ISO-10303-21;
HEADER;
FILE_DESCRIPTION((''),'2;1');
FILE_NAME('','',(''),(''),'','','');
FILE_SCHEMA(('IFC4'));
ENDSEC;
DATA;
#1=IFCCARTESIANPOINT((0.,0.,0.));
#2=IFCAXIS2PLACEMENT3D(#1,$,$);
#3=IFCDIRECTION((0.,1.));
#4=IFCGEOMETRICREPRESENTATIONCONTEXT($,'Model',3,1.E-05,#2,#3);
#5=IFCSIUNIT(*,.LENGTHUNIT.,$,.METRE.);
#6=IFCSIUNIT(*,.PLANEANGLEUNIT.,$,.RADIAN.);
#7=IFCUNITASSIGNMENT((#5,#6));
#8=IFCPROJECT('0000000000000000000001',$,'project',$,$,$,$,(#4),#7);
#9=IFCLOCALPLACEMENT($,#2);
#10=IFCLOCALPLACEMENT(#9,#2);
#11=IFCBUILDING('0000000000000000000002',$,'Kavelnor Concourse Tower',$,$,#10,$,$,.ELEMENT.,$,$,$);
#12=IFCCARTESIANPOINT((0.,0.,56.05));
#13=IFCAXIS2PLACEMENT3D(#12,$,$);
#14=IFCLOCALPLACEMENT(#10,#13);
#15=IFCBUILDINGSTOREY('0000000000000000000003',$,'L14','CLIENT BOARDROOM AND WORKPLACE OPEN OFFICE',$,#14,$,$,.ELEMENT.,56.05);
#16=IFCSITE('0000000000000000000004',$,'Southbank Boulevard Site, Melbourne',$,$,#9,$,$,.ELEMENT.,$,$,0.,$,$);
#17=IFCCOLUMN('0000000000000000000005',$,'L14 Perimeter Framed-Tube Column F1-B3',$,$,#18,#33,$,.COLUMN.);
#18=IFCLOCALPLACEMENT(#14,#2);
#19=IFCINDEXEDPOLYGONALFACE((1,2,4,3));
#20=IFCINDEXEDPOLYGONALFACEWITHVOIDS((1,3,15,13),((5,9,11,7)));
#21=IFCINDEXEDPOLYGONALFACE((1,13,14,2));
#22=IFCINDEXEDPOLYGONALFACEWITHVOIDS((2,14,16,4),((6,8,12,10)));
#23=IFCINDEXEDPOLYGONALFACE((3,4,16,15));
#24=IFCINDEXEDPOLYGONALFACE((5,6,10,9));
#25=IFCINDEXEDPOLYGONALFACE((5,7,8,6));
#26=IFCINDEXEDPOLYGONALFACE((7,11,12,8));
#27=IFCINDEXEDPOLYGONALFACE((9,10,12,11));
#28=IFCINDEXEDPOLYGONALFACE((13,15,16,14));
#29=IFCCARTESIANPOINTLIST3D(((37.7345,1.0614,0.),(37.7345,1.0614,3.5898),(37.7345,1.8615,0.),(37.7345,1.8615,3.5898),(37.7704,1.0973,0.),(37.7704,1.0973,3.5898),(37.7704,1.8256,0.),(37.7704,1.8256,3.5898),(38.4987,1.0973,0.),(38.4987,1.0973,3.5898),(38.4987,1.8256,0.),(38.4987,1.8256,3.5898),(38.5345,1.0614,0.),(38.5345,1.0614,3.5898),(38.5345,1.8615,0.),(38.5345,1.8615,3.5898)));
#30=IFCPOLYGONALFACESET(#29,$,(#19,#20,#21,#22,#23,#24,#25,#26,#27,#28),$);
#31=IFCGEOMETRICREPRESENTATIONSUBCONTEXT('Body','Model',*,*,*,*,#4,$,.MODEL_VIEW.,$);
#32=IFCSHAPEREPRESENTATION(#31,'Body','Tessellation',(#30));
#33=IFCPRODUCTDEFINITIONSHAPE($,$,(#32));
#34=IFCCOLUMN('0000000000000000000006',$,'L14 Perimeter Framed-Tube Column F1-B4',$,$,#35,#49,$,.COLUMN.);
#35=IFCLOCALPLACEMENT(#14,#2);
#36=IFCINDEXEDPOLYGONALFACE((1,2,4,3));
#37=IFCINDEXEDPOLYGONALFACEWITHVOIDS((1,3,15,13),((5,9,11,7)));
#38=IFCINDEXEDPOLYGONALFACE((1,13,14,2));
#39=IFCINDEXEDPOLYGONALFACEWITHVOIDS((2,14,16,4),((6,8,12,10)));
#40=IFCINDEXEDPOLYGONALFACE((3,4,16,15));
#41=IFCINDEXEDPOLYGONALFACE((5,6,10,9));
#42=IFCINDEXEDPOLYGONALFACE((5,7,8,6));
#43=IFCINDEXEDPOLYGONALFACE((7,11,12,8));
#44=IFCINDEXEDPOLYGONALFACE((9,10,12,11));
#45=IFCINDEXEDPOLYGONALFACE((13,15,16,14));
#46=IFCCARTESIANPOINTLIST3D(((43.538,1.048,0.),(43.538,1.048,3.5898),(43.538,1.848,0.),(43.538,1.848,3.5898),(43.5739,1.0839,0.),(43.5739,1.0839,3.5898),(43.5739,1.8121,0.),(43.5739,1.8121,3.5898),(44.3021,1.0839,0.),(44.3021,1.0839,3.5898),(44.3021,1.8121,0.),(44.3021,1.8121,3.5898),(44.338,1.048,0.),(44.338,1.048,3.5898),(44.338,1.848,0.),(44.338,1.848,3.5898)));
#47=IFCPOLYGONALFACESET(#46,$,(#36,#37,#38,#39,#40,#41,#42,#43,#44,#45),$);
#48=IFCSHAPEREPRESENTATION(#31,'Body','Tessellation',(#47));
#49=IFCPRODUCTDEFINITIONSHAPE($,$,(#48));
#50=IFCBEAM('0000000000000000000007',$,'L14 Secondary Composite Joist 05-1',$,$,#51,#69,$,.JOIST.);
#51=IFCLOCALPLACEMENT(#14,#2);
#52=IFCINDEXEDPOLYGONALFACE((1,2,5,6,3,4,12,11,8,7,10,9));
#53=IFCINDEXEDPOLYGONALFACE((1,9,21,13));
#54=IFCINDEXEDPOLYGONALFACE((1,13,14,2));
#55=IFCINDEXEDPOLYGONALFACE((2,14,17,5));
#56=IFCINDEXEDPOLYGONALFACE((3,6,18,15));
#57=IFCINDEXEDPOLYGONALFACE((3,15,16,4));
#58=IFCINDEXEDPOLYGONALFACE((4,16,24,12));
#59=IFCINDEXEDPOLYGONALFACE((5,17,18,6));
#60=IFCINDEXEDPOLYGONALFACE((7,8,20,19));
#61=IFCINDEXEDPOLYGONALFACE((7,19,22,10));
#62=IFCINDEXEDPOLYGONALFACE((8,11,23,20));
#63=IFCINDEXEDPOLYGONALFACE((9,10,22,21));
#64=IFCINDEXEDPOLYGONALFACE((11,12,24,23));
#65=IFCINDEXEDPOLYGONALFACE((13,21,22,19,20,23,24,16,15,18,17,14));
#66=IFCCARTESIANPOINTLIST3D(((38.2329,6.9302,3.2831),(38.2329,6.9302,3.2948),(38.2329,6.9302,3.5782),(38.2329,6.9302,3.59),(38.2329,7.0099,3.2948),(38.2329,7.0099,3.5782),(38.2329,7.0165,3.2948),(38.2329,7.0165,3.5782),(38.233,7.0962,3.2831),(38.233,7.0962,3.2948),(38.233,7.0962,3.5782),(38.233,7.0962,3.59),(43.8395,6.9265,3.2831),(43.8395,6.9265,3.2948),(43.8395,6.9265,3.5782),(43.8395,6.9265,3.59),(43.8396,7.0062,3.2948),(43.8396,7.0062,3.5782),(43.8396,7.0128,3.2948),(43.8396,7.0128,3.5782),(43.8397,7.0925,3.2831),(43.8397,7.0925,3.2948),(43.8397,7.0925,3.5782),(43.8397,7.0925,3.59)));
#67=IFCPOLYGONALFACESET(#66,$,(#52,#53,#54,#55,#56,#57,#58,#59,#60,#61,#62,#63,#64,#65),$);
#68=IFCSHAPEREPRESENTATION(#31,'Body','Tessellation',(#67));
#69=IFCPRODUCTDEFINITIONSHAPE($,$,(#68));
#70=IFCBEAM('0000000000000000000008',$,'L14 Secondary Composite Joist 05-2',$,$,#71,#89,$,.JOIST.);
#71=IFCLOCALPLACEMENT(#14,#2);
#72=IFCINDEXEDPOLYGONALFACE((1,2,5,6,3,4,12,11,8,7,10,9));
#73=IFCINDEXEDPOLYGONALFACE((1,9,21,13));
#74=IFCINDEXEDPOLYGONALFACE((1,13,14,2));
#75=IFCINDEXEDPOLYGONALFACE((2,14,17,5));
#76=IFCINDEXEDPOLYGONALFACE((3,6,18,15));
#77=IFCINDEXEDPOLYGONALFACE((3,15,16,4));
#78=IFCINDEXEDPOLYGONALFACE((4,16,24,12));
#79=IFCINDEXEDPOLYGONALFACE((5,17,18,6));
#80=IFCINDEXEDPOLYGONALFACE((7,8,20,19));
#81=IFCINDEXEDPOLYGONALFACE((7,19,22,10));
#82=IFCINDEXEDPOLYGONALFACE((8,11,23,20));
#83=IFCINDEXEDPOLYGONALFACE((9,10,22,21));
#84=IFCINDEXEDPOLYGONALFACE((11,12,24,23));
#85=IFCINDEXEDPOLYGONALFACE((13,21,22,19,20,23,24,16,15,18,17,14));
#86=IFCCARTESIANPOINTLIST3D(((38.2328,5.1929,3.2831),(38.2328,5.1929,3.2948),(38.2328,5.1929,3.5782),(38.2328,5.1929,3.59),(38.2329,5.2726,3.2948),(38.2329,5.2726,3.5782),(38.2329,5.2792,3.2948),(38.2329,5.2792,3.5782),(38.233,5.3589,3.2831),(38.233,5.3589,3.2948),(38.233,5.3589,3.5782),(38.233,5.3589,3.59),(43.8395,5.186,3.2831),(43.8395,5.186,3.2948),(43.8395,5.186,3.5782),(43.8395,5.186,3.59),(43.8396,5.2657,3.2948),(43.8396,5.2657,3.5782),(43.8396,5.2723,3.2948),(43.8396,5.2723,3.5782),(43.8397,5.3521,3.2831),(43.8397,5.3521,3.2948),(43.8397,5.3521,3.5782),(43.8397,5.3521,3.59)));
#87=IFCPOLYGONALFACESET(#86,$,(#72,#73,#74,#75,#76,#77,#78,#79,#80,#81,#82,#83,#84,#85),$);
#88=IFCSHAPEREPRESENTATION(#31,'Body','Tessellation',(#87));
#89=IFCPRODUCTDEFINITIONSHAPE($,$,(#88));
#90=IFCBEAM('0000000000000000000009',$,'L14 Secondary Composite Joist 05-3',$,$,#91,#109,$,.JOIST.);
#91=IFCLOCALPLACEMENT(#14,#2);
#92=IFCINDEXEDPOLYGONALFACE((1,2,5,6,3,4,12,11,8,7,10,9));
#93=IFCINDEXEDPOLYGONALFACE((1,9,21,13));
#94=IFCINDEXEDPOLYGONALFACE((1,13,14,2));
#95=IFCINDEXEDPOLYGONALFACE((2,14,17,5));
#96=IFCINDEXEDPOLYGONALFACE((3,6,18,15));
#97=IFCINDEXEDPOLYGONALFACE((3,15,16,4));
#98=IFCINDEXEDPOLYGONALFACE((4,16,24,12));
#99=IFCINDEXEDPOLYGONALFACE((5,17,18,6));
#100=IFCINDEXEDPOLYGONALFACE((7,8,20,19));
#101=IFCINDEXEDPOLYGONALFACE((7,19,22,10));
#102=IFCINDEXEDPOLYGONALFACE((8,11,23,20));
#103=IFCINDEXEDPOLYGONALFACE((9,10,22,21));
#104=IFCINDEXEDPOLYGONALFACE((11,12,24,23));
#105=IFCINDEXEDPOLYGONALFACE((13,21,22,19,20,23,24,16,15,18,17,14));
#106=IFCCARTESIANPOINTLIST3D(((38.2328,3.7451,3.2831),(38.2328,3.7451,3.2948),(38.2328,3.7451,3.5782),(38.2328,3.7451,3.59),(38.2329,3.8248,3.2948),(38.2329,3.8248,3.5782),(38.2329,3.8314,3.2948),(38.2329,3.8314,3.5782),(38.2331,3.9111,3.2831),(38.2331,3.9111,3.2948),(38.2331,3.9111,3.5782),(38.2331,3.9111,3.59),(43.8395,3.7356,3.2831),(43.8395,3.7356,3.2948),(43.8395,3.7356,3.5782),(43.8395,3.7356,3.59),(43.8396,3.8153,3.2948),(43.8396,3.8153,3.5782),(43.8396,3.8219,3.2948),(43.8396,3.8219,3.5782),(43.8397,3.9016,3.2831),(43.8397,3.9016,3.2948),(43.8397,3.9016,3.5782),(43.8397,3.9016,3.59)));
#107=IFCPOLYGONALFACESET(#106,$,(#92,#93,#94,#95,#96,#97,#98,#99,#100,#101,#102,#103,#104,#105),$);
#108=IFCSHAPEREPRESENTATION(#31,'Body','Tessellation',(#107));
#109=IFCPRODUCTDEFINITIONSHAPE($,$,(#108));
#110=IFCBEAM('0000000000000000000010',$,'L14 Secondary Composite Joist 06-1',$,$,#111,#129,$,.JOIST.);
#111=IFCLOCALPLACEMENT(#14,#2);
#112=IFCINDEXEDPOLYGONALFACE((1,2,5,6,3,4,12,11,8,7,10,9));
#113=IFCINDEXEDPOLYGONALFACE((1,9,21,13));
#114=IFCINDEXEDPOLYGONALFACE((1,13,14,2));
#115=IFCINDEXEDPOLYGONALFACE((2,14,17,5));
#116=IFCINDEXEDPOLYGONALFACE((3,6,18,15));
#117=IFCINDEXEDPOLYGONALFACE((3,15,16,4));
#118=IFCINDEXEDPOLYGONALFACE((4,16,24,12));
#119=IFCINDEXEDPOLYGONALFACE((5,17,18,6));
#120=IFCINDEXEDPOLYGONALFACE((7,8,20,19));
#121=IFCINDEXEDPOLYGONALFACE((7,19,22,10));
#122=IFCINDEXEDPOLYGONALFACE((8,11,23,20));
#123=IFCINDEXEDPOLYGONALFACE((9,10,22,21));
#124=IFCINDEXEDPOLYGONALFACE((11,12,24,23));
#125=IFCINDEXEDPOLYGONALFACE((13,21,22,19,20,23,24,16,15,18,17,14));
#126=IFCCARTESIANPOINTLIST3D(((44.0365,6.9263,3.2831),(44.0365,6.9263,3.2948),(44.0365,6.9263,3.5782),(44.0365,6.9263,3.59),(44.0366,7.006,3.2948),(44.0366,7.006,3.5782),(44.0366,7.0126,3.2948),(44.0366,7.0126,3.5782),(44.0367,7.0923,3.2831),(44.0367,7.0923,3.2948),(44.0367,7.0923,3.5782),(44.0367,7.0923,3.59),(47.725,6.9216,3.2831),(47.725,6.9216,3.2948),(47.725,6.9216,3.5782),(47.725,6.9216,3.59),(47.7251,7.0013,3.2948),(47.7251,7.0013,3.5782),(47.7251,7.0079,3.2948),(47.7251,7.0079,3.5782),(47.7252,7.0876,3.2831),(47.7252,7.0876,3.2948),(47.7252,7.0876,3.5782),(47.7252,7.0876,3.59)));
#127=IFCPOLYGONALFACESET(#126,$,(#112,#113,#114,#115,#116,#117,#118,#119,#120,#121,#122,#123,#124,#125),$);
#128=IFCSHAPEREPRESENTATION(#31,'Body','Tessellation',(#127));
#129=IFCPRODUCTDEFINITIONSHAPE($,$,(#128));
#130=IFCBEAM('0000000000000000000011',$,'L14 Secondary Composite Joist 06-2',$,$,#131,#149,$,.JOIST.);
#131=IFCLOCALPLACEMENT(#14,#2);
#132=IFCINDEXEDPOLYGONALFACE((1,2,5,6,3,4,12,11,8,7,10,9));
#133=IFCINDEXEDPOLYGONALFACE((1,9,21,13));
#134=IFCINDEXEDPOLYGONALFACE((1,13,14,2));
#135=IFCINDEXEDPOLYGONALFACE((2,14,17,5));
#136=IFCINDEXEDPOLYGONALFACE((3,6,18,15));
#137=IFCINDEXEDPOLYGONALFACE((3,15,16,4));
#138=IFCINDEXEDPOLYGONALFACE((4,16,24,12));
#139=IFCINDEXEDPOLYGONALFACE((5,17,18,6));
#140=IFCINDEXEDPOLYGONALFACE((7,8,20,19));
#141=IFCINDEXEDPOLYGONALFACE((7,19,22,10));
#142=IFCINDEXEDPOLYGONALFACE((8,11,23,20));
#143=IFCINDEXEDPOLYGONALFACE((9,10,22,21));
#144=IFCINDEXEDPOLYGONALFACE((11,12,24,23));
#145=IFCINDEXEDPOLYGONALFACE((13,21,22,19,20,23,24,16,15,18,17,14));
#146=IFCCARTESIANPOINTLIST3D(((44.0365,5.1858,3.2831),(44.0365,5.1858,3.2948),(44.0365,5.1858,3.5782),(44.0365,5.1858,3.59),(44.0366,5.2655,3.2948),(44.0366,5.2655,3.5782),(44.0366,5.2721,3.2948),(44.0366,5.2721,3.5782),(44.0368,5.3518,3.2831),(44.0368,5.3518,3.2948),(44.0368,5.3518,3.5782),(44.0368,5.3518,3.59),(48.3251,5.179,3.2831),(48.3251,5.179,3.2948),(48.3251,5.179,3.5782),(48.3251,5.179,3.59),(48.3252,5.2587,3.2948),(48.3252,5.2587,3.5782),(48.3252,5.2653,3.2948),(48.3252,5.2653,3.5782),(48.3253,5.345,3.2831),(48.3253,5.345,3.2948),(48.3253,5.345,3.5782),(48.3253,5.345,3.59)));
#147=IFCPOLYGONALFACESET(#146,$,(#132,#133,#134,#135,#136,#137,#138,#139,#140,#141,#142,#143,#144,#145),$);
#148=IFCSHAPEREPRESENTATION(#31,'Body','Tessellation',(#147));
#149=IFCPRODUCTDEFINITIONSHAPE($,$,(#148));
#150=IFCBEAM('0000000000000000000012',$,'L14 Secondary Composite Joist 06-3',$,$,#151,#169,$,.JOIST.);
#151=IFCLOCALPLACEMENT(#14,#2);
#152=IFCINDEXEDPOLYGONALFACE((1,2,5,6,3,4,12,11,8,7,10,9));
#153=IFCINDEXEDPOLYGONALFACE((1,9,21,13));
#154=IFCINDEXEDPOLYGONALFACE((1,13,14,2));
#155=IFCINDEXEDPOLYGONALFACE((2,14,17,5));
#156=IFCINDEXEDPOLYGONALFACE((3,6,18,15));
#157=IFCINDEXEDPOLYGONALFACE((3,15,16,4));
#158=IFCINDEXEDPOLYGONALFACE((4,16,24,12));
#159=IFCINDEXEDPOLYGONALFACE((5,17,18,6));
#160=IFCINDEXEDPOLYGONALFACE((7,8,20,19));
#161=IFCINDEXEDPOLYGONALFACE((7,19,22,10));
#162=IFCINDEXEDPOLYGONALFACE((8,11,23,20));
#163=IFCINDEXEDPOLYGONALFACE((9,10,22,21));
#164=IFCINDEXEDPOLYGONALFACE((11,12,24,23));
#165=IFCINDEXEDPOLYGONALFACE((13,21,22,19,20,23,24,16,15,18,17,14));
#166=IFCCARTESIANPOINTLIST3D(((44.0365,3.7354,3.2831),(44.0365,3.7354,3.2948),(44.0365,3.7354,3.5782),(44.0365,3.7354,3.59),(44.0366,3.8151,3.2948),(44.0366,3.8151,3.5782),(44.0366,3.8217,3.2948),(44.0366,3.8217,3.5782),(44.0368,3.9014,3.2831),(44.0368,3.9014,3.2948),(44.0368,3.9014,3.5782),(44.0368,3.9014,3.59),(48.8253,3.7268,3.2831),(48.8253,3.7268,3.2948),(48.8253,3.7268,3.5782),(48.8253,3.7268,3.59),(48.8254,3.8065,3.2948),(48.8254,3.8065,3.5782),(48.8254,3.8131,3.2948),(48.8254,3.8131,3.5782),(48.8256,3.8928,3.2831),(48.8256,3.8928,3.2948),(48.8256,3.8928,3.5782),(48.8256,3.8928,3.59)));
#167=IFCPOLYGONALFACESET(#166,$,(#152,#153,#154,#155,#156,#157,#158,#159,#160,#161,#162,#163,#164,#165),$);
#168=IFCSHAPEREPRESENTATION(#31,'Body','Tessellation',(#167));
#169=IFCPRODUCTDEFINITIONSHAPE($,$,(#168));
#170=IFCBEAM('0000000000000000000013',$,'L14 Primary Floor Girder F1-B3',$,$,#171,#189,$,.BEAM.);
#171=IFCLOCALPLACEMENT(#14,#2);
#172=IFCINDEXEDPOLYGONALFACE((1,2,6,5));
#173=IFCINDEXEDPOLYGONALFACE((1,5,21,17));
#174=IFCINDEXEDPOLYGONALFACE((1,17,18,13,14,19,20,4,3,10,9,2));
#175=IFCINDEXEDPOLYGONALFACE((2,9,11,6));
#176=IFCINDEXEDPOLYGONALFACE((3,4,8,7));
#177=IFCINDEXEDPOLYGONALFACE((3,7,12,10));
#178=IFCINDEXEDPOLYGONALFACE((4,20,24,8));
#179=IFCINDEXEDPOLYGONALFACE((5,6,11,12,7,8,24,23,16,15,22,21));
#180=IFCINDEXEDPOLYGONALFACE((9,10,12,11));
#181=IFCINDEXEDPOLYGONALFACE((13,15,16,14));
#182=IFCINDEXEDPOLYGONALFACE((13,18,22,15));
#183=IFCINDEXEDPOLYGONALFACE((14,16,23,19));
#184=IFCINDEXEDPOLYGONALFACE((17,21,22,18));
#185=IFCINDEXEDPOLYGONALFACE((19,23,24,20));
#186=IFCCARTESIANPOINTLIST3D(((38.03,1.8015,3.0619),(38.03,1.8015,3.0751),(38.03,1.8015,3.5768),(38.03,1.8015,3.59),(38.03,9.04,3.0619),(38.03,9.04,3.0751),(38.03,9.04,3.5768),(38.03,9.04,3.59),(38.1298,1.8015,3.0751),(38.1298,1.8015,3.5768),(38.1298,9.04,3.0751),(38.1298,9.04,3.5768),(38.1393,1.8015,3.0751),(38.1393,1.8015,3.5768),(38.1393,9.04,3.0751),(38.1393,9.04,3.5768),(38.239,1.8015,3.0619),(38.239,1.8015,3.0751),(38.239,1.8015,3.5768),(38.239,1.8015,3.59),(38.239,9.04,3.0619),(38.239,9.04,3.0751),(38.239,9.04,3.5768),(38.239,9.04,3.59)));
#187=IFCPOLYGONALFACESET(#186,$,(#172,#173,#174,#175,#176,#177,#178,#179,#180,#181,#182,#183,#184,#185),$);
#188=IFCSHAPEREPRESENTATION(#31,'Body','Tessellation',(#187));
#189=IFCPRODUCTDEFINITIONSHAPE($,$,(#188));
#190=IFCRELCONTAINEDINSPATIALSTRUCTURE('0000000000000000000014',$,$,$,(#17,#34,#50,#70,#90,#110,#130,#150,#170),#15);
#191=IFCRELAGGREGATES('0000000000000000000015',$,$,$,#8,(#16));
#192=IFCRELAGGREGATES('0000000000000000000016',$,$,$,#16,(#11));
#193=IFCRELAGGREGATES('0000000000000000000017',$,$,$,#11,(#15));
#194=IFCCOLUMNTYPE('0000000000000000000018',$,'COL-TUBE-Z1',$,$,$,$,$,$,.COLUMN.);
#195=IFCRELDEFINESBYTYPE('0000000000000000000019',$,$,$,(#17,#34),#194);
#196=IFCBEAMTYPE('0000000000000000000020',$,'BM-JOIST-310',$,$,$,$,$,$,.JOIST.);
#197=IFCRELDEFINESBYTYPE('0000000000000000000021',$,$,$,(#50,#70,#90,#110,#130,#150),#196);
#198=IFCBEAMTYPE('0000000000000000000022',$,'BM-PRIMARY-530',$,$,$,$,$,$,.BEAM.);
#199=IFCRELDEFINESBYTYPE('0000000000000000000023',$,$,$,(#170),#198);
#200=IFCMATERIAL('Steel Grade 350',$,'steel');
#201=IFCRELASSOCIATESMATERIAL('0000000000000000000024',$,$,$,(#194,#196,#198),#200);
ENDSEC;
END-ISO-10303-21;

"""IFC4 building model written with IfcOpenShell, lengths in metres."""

from ifc_helpers import new_model, si_unit, direction, frame, origin, origin_2d, place, context, subcontext, project, spatial, hollow_rectangle, i_section, extrude, material, material_profile, profile_set, type_object, element, save


model = new_model("IFC4")

# Units and contexts
model_context = context("Model", 3, precision=1e-05, world=origin(), true_north=direction((0.0, 1.0)))
body_context = subcontext(model_context, "Body", "Model", "MODEL_VIEW")
ifc_project = project(units=[si_unit("LENGTHUNIT", "METRE"), si_unit("PLANEANGLEUNIT", "RADIAN")], contexts=[model_context])

# Site, building, storey
site_placement = place(None, origin())
site = spatial("IfcSite", under=ifc_project, at=site_placement, Name="Southbank Boulevard Site, Melbourne", CompositionType="ELEMENT", RefElevation=0.0)
building_placement = place(site_placement, origin())
building = spatial("IfcBuilding", under=site, at=building_placement, Name="Kavelnor Concourse Tower", CompositionType="ELEMENT")
storey_placement = place(building_placement, frame((0.0, 0.0, 56.05)))
storey = spatial("IfcBuildingStorey", under=building, at=storey_placement, Name="L14", Description="CLIENT BOARDROOM AND WORKPLACE OPEN OFFICE", CompositionType="ELEMENT", Elevation=56.05)

# Columns
ifc_material_1 = material(Name="Steel Grade 350", Category="steel")
ifc_material_profile_1 = material_profile(ifc_material_1, hollow_rectangle(XDim=0.8, YDim=0.8, WallThickness=0.0359, at=origin_2d()), Name="SHS 800x800x36")
ifc_profile_set_1 = profile_set([ifc_material_profile_1], Name="Steel Grade 350")
column_type = type_object("IfcColumnType", Name="COL-TUBE-Z1", PredefinedType="COLUMN", material=ifc_profile_set_1)
for number, where, z_axis, x_axis, name in (
    (1, (38.1345, 1.4614, 0.0), (0.0, 0.0, 1.0), (1.0, 0.0, 0.0), "L14 Perimeter Framed-Tube Column F1-B3"),
    (2, (43.938, 1.448, 0.0), (0.0, 0.0, 1.0), (1.0, 0.0, 0.0), "L14 Perimeter Framed-Tube Column F1-B4"),
):
    element("IfcColumn", number, at=place(storey_placement, frame(where, z_axis=z_axis, x_axis=x_axis)), inside=storey, type_object=column_type, Name=name, PredefinedType="COLUMN", context=body_context, shape_type="SweptSolid", body=[
        extrude(hollow_rectangle(XDim=0.8, YDim=0.8, WallThickness=0.0359, at=origin_2d()), origin(), (0.0, 0.0, 1.0), 3.5898),
    ])

# Beams
ifc_material_profile_2 = material_profile(ifc_material_1, i_section(OverallWidth=0.166, OverallDepth=0.3069, WebThickness=0.0066, FlangeThickness=0.0117, at=origin_2d()), Name="310UB46")
ifc_profile_set_2 = profile_set([ifc_material_profile_2], Name="Steel Grade 350")
beam_type_1 = type_object("IfcBeamType", Name="BM-JOIST-310", PredefinedType="JOIST", material=ifc_profile_set_2)
for number, where, z_axis, x_axis, name in (
    (3, (38.2329, 7.0132, 3.4365), (1.0, -0.000653, 0.0), (0.000653, 1.0, 0.0), "L14 Secondary Composite Joist 05-1"),
    (4, (38.2329, 5.2759, 3.4365), (0.999999, -0.001219, 0.0), (0.001219, 0.999999, 0.0), "L14 Secondary Composite Joist 05-2"),
    (5, (38.2329, 3.8281, 3.4365), (0.999999, -0.001698, 0.0), (0.001698, 0.999999, 0.0), "L14 Secondary Composite Joist 05-3"),
):
    element("IfcBeam", number, at=place(storey_placement, frame(where, z_axis=z_axis, x_axis=x_axis)), inside=storey, type_object=beam_type_1, Name=name, PredefinedType="JOIST", context=body_context, shape_type="SweptSolid", body=[
        extrude(i_section(OverallWidth=0.166, OverallDepth=0.3069, WebThickness=0.0066, FlangeThickness=0.0117, at=origin_2d()), origin(), (0.0, 0.0, 1.0), 5.6067),
    ])
beam_1_placement = place(storey_placement, frame((44.0366, 7.0093, 3.4365), z_axis=(0.999999, -0.001258, 0.0), x_axis=(0.001258, 0.999999, 0.0)))
element("IfcBeam", 6, at=beam_1_placement, inside=storey, type_object=beam_type_1, Name="L14 Secondary Composite Joist 06-1", PredefinedType="JOIST", context=body_context, shape_type="SweptSolid", body=[
    extrude(i_section(OverallWidth=0.166, OverallDepth=0.3069, WebThickness=0.0066, FlangeThickness=0.0117, at=origin_2d()), origin(), (0.0, 0.0, 1.0), 3.6885),
])
beam_2_placement = place(storey_placement, frame((44.0366, 5.2688, 3.4365), z_axis=(0.999999, -0.001594, 0.0), x_axis=(0.001594, 0.999999, 0.0)))
element("IfcBeam", 7, at=beam_2_placement, inside=storey, type_object=beam_type_1, Name="L14 Secondary Composite Joist 06-2", PredefinedType="JOIST", context=body_context, shape_type="SweptSolid", body=[
    extrude(i_section(OverallWidth=0.166, OverallDepth=0.3069, WebThickness=0.0066, FlangeThickness=0.0117, at=origin_2d()), origin(), (0.0, 0.0, 1.0), 4.2886),
])
beam_3_placement = place(storey_placement, frame((44.0366, 3.8184, 3.4365), z_axis=(0.999998, -0.001784, 0.0), x_axis=(0.001784, 0.999998, 0.0)))
element("IfcBeam", 8, at=beam_3_placement, inside=storey, type_object=beam_type_1, Name="L14 Secondary Composite Joist 06-3", PredefinedType="JOIST", context=body_context, shape_type="SweptSolid", body=[
    extrude(i_section(OverallWidth=0.166, OverallDepth=0.3069, WebThickness=0.0066, FlangeThickness=0.0117, at=origin_2d()), origin(), (0.0, 0.0, 1.0), 4.7888),
])
ifc_material_profile_3 = material_profile(ifc_material_1, i_section(OverallWidth=0.209, OverallDepth=0.5281, WebThickness=0.0095, FlangeThickness=0.0132, at=origin_2d()), Name="530UB82")
ifc_profile_set_3 = profile_set([ifc_material_profile_3], Name="Steel Grade 350")
beam_type_2 = type_object("IfcBeamType", Name="BM-PRIMARY-530", PredefinedType="BEAM", material=ifc_profile_set_3)
beam_4_placement = place(storey_placement, frame((38.1345, 9.04, 3.3259), z_axis=(0.0, -1.0, 0.0), x_axis=(1.0, 0.0, 0.0)))
element("IfcBeam", 9, at=beam_4_placement, inside=storey, type_object=beam_type_2, Name="L14 Primary Floor Girder F1-B3", PredefinedType="BEAM", context=body_context, shape_type="SweptSolid", body=[
    extrude(i_section(OverallWidth=0.209, OverallDepth=0.5281, WebThickness=0.0095, FlangeThickness=0.0132, at=origin_2d()), origin(), (0.0, 0.0, 1.0), 7.2385),
])

save(model, "model.ifc")
